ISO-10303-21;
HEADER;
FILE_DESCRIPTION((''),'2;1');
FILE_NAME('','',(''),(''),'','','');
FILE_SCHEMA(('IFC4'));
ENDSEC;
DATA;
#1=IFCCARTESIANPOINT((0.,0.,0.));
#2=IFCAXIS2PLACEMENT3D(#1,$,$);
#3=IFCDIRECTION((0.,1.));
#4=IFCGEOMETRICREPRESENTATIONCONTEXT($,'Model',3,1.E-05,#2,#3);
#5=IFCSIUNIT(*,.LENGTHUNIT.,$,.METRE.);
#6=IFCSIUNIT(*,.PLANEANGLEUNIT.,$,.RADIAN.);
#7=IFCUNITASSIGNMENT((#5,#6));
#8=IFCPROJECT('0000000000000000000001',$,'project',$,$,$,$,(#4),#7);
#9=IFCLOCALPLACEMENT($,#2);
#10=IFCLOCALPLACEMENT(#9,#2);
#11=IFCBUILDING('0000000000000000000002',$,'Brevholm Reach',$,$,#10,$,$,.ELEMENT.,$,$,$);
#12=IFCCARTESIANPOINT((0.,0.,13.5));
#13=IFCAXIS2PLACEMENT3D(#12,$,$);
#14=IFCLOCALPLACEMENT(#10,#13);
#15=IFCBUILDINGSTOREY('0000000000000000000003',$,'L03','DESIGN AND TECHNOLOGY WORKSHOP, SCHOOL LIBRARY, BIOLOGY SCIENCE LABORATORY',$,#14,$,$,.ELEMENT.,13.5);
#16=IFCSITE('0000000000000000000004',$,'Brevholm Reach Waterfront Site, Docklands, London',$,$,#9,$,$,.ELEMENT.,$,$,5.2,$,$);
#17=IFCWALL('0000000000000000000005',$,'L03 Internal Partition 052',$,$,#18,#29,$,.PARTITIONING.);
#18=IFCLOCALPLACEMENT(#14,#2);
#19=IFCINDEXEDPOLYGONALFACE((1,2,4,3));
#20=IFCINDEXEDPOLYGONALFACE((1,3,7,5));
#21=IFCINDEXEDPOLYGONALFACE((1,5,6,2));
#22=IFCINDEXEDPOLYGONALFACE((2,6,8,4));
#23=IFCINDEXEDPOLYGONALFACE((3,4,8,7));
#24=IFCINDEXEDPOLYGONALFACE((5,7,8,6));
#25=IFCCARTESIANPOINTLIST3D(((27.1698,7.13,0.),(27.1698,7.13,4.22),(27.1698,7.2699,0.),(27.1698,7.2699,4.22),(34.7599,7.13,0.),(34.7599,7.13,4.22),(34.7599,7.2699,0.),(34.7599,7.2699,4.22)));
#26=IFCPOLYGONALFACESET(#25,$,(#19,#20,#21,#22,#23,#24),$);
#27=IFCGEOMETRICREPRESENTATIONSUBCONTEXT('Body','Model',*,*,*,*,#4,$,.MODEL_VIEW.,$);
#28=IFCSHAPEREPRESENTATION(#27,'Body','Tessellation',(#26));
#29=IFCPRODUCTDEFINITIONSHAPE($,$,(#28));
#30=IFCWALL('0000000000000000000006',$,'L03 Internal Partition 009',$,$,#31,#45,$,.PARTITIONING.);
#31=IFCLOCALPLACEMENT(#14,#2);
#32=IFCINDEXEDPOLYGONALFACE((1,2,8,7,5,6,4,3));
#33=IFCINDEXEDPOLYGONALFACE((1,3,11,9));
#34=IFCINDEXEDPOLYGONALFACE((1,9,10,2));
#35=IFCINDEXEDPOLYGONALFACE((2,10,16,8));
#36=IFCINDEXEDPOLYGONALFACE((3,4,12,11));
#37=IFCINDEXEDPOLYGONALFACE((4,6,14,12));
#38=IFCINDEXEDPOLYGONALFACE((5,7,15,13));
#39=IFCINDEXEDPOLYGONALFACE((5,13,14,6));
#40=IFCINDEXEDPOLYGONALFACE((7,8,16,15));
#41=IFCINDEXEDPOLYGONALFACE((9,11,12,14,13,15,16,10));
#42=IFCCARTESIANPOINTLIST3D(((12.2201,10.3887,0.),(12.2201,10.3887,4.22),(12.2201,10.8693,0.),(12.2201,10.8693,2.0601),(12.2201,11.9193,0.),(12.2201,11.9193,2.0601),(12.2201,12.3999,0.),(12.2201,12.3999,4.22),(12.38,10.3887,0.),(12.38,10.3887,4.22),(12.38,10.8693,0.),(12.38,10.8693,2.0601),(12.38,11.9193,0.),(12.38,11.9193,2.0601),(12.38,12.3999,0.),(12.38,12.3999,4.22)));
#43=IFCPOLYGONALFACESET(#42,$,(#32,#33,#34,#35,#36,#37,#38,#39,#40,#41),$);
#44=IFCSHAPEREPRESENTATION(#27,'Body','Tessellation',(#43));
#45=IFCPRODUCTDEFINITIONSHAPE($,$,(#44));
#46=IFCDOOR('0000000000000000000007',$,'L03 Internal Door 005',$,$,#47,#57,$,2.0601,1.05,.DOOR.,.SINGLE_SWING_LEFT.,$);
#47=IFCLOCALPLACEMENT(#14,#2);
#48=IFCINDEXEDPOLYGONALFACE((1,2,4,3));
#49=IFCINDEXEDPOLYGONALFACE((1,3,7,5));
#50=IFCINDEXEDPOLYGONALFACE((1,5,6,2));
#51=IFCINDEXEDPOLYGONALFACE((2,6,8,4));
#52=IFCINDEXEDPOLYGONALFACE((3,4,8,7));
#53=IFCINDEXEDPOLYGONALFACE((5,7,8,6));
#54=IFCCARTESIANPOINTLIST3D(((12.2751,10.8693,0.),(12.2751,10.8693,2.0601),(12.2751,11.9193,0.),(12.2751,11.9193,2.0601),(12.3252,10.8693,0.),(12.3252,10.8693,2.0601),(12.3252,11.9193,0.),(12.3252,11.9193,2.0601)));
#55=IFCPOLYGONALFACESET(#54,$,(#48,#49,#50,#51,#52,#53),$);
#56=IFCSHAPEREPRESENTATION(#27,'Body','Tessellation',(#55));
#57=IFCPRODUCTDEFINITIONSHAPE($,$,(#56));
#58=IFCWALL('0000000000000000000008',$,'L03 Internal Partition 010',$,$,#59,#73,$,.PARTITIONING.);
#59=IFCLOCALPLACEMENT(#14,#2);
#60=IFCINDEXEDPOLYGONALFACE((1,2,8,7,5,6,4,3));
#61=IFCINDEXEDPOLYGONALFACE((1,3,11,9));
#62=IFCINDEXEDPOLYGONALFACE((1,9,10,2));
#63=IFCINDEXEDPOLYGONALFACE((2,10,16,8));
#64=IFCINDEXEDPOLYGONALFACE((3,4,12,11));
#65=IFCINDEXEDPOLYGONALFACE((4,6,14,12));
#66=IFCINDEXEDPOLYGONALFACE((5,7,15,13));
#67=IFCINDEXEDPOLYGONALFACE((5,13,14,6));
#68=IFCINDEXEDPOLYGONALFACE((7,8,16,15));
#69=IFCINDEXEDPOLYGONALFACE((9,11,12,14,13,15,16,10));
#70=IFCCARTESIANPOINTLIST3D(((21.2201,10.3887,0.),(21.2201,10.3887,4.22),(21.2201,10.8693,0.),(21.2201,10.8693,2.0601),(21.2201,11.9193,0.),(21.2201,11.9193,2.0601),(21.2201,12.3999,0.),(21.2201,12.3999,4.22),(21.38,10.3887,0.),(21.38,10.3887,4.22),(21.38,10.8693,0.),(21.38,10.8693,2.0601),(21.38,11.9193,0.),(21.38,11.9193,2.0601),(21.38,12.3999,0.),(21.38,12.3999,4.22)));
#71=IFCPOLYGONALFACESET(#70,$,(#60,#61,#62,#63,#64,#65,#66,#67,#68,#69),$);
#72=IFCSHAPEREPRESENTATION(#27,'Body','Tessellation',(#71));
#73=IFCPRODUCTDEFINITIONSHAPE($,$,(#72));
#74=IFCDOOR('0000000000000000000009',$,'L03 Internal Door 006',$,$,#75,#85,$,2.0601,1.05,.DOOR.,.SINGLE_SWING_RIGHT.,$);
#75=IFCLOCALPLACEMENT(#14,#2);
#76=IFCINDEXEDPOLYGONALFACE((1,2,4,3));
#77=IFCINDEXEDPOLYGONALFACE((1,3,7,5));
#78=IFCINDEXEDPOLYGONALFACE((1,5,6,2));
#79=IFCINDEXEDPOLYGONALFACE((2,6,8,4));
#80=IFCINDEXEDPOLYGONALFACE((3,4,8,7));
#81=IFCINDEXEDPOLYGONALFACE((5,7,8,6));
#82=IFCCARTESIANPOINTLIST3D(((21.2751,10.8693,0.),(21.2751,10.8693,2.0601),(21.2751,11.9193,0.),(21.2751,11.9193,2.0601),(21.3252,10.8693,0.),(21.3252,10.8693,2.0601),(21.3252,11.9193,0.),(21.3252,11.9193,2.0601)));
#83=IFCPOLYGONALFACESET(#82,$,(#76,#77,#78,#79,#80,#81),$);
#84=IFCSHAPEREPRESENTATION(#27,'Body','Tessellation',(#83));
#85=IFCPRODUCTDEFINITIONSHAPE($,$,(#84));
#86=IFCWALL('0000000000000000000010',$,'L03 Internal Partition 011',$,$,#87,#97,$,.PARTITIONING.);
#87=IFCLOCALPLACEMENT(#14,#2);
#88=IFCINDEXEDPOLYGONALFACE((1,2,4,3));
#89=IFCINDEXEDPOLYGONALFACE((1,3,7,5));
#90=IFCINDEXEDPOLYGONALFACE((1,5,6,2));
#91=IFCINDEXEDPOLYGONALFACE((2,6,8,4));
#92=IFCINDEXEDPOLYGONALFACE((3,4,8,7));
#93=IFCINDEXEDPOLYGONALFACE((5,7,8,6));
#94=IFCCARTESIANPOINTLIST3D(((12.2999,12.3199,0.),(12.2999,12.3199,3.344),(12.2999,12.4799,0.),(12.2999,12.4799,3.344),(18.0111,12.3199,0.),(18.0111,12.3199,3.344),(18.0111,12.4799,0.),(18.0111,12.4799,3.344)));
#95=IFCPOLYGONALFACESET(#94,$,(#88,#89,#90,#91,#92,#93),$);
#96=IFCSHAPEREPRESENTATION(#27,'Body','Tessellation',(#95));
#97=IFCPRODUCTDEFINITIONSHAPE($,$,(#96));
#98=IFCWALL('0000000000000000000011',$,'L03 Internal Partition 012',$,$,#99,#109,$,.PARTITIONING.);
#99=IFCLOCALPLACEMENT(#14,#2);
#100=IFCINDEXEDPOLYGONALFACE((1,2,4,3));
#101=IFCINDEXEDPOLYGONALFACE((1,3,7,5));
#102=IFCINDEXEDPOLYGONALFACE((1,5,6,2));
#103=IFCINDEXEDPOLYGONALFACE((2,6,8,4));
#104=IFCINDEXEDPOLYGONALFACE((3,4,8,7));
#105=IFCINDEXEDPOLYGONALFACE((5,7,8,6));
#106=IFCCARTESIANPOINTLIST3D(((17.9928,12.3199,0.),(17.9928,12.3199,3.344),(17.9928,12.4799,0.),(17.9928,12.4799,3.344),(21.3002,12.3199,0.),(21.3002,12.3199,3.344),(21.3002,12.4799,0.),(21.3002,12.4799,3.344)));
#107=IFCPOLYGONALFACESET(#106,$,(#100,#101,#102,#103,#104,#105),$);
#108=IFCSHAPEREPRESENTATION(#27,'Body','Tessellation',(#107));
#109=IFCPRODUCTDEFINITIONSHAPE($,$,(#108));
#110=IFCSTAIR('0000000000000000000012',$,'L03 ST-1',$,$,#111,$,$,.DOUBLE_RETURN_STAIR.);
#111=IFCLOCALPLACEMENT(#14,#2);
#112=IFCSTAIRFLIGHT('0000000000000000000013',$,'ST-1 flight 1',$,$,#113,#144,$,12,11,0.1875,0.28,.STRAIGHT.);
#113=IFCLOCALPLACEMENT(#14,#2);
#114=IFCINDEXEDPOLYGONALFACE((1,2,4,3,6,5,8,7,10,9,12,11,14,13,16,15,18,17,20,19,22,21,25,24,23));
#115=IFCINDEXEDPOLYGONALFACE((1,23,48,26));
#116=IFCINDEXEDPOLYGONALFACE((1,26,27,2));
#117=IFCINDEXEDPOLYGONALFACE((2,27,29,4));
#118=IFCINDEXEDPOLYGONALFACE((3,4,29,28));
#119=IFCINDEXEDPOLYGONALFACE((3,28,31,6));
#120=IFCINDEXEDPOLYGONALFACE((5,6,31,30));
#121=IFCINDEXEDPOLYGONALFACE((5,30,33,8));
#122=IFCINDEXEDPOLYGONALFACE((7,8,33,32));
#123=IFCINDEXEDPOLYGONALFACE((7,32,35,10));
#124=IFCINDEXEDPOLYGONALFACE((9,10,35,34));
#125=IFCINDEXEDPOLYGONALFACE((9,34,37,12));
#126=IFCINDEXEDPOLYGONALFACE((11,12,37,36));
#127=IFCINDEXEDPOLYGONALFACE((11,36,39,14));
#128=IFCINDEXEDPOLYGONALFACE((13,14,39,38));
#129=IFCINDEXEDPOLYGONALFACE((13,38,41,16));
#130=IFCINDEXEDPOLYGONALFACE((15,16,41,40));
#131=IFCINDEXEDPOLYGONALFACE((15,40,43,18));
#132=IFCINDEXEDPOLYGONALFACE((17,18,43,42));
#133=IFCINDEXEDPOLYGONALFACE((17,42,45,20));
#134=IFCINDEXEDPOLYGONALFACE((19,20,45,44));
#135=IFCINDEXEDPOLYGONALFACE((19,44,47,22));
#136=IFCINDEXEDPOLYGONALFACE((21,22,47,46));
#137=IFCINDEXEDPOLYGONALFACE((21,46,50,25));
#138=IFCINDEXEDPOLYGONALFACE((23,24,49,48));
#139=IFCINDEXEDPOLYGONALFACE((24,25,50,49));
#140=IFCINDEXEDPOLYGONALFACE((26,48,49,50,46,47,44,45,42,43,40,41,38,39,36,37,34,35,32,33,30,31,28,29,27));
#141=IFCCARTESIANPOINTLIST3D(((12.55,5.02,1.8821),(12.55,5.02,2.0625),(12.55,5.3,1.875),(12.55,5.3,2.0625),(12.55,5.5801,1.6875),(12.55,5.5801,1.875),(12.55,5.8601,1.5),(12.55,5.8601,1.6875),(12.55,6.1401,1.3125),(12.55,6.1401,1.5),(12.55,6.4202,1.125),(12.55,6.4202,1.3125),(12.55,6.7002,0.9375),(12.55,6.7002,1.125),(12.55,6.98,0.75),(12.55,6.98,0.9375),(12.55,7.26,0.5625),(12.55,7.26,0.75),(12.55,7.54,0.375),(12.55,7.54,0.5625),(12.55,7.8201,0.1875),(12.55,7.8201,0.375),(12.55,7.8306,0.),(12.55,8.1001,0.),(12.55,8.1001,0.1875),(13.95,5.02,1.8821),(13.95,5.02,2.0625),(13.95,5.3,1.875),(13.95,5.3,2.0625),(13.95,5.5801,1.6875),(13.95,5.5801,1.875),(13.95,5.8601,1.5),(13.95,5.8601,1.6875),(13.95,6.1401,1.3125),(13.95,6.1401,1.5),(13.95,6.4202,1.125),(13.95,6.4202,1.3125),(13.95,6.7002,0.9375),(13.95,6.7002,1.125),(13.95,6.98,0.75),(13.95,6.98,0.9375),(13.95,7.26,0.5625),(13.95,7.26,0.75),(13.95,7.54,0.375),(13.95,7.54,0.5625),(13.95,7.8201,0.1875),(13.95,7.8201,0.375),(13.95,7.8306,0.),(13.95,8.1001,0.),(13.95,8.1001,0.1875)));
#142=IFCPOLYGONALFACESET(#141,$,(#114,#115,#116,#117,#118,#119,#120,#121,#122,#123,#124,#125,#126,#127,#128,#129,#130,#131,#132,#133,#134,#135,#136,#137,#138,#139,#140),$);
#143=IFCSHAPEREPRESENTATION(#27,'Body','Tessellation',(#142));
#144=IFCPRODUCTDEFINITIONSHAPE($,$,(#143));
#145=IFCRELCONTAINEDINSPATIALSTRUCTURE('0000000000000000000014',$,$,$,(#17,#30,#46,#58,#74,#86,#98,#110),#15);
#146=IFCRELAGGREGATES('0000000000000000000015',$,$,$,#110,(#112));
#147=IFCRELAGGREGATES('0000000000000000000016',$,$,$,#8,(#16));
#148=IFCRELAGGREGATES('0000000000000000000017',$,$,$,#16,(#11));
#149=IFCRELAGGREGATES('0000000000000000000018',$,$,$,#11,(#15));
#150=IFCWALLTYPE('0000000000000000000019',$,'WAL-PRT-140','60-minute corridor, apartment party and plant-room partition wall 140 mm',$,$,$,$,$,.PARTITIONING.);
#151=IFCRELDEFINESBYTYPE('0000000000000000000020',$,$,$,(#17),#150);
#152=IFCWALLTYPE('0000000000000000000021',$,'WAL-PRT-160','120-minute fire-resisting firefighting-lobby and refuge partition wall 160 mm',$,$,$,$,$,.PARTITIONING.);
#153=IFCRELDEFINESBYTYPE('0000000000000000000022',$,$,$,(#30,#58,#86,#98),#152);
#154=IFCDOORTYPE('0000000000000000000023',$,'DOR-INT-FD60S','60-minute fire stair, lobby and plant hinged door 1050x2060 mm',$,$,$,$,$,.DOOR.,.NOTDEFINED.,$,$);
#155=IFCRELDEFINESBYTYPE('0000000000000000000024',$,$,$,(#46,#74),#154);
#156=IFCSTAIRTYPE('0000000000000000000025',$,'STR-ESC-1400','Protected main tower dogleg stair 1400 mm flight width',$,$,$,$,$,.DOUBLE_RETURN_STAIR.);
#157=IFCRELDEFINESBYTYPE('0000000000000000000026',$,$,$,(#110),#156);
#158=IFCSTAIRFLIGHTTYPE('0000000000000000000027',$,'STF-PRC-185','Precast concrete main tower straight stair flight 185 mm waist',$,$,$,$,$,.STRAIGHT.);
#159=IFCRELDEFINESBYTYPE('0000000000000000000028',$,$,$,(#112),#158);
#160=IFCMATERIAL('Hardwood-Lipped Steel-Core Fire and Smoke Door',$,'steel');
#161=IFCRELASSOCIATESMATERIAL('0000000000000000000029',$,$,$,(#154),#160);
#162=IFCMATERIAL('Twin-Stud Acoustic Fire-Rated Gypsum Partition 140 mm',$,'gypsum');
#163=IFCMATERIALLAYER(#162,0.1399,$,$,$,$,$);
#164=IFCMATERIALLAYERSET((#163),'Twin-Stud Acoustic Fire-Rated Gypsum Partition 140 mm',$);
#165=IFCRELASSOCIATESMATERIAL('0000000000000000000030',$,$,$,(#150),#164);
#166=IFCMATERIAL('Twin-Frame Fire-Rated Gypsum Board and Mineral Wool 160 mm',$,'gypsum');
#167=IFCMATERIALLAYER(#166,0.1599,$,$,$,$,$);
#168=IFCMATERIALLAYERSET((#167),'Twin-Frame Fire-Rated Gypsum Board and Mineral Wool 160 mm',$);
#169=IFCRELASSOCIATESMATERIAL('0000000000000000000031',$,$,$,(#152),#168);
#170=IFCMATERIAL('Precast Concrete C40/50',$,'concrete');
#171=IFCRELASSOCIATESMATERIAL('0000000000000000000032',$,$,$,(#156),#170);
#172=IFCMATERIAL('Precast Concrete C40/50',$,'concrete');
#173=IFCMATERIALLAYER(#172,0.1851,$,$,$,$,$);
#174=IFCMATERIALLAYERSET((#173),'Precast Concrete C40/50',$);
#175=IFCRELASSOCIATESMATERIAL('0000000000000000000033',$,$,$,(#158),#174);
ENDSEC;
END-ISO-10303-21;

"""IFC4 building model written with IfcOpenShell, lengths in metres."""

from ifc_helpers import new_model, si_unit, direction, frame, frame_2d, origin, place, context, subcontext, project, spatial, polyline, rectangle, outline, extrude, material, layer, layer_set, type_object, element, fill, aggregate, save


model = new_model("IFC4")

# Units and contexts
model_context = context("Model", 3, precision=1e-05, world=origin(), true_north=direction((0.0, 1.0)))
body_context = subcontext(model_context, "Body", "Model", "MODEL_VIEW")
ifc_project = project(units=[si_unit("LENGTHUNIT", "METRE"), si_unit("PLANEANGLEUNIT", "RADIAN")], contexts=[model_context])

# Site, building, storey
site_placement = place(None, origin())
site = spatial("IfcSite", under=ifc_project, at=site_placement, Name="Brevholm Reach Waterfront Site, Docklands, London", CompositionType="ELEMENT", RefElevation=5.2)
building_placement = place(site_placement, origin())
building = spatial("IfcBuilding", under=site, at=building_placement, Name="Brevholm Reach", CompositionType="ELEMENT")
storey_placement = place(building_placement, frame((0.0, 0.0, 13.5)))
storey = spatial("IfcBuildingStorey", under=building, at=storey_placement, Name="L03", Description="DESIGN AND TECHNOLOGY WORKSHOP, SCHOOL LIBRARY, BIOLOGY SCIENCE LABORATORY", CompositionType="ELEMENT", Elevation=13.5)

# Shared definitions
ifc_material_1 = material(Name="Hardwood-Lipped Steel-Core Fire and Smoke Door", Category="steel")
door_type_1 = type_object("IfcDoorType", Name="DOR-INT-FD60S", Description="60-minute fire stair, lobby and plant hinged door 1050x2060 mm", OperationType="NOTDEFINED", PredefinedType="DOOR", material=ifc_material_1)

# Wall
ifc_material_2 = material(Name="Twin-Stud Acoustic Fire-Rated Gypsum Partition 140 mm", Category="gypsum")
ifc_layer_1 = layer(ifc_material_2, 0.1399)
ifc_layer_set_1 = layer_set([ifc_layer_1], Name="Twin-Stud Acoustic Fire-Rated Gypsum Partition 140 mm")
wall_type_1 = type_object("IfcWallType", Name="WAL-PRT-140", Description="60-minute corridor, apartment party and plant-room partition wall 140 mm", PredefinedType="PARTITIONING", material=ifc_layer_set_1)
wall_1_placement = place(storey_placement, frame((27.1699, 7.2, 0.0), z_axis=(0.0, 0.0, 1.0), x_axis=(1.0, 0.0, 0.0)))
element("IfcWall", 1, at=wall_1_placement, inside=storey, type_object=wall_type_1, Name="L03 Internal Partition 052", PredefinedType="PARTITIONING", context=body_context, shape_type="SweptSolid", body=[
    extrude(rectangle(XDim=7.5901, YDim=0.1399, at=frame_2d((3.7949, 0.0))), origin(), (0.0, 0.0, 1.0), 4.22),
])

# Walls, openings, doors
ifc_material_3 = material(Name="Twin-Frame Fire-Rated Gypsum Board and Mineral Wool 160 mm", Category="gypsum")
ifc_layer_2 = layer(ifc_material_3, 0.1599)
ifc_layer_set_2 = layer_set([ifc_layer_2], Name="Twin-Frame Fire-Rated Gypsum Board and Mineral Wool 160 mm")
wall_type_2 = type_object("IfcWallType", Name="WAL-PRT-160", Description="120-minute fire-resisting firefighting-lobby and refuge partition wall 160 mm", PredefinedType="PARTITIONING", material=ifc_layer_set_2)
wall_2_placement = place(storey_placement, frame((12.3, 10.3887, 0.0), z_axis=(0.0, 0.0, 1.0), x_axis=(0.0, 1.0, 0.0)))
wall_2 = element("IfcWall", 2, at=wall_2_placement, inside=storey, type_object=wall_type_2, Name="L03 Internal Partition 009", PredefinedType="PARTITIONING", context=body_context, shape_type="SweptSolid", body=[
    extrude(rectangle(XDim=2.0112, YDim=0.1599, at=frame_2d((1.0056, 0.0))), origin(), (0.0, 0.0, 1.0), 4.22),
])
opening_1_placement = place(wall_2_placement, frame((0.4807, 0.0, 0.0)))
opening_1 = element("IfcOpeningElement", 3, at=opening_1_placement, cuts=wall_2, PredefinedType="OPENING", context=body_context, shape_type="SweptSolid", body=[
    extrude(rectangle(XDim=1.05, YDim=2.0601, at=frame_2d((0.5249, 1.03))), frame((0.0, 0.0898, 0.0), z_axis=(0.0, -1.0, 0.0), x_axis=(1.0, 0.0, 0.0)), (0.0, 0.0, 1.0), 0.1799),
])
door_1_placement = place(opening_1_placement, origin())
door_1 = element("IfcDoor", 4, at=door_1_placement, inside=storey, type_object=door_type_1, Name="L03 Internal Door 005", OperationType="SINGLE_SWING_LEFT", OverallHeight=2.0601, OverallWidth=1.05, PredefinedType="DOOR", context=body_context, shape_type="SweptSolid", body=[
    extrude(rectangle(XDim=1.05, YDim=2.0601, at=frame_2d((0.5249, 1.03))), frame((0.0, 0.0249, 0.0), z_axis=(0.0, -1.0, 0.0), x_axis=(1.0, 0.0, 0.0)), (0.0, 0.0, 1.0), 0.05),
])
fill(opening_1, door_1)
wall_3_placement = place(storey_placement, frame((21.3, 10.3887, 0.0), z_axis=(0.0, 0.0, 1.0), x_axis=(0.0, 1.0, 0.0)))
wall_3 = element("IfcWall", 5, at=wall_3_placement, inside=storey, type_object=wall_type_2, Name="L03 Internal Partition 010", PredefinedType="PARTITIONING", context=body_context, shape_type="SweptSolid", body=[
    extrude(rectangle(XDim=2.0112, YDim=0.1599, at=frame_2d((1.0056, 0.0))), origin(), (0.0, 0.0, 1.0), 4.22),
])
opening_2_placement = place(wall_3_placement, frame((0.4807, 0.0, 0.0)))
opening_2 = element("IfcOpeningElement", 6, at=opening_2_placement, cuts=wall_3, PredefinedType="OPENING", context=body_context, shape_type="SweptSolid", body=[
    extrude(rectangle(XDim=1.05, YDim=2.0601, at=frame_2d((0.5249, 1.03))), frame((0.0, 0.0898, 0.0), z_axis=(0.0, -1.0, 0.0), x_axis=(1.0, 0.0, 0.0)), (0.0, 0.0, 1.0), 0.1799),
])
door_2_placement = place(opening_2_placement, origin())
door_2 = element("IfcDoor", 7, at=door_2_placement, inside=storey, type_object=door_type_1, Name="L03 Internal Door 006", OperationType="SINGLE_SWING_RIGHT", OverallHeight=2.0601, OverallWidth=1.05, PredefinedType="DOOR", context=body_context, shape_type="SweptSolid", body=[
    extrude(rectangle(XDim=1.05, YDim=2.0601, at=frame_2d((0.5249, 1.03))), frame((0.0, 0.0249, 0.0), z_axis=(0.0, -1.0, 0.0), x_axis=(1.0, 0.0, 0.0)), (0.0, 0.0, 1.0), 0.05),
])
fill(opening_2, door_2)

# Walls
wall_4_placement = place(storey_placement, frame((12.3, 12.3999, 0.0), z_axis=(0.0, 0.0, 1.0), x_axis=(1.0, 0.0, 0.0)))
element("IfcWall", 8, at=wall_4_placement, inside=storey, type_object=wall_type_2, Name="L03 Internal Partition 011", PredefinedType="PARTITIONING", context=body_context, shape_type="SweptSolid", body=[
    extrude(rectangle(XDim=5.7112, YDim=0.1599, at=frame_2d((2.8555, 0.0))), origin(), (0.0, 0.0, 1.0), 3.344),
])
wall_5_placement = place(storey_placement, frame((17.9927, 12.3999, 0.0), z_axis=(0.0, 0.0, 1.0), x_axis=(1.0, 0.0, 0.0)))
element("IfcWall", 9, at=wall_5_placement, inside=storey, type_object=wall_type_2, Name="L03 Internal Partition 012", PredefinedType="PARTITIONING", context=body_context, shape_type="SweptSolid", body=[
    extrude(rectangle(XDim=3.3074, YDim=0.1599, at=frame_2d((1.6538, 0.0))), origin(), (0.0, 0.0, 1.0), 3.344),
])

# Stair, stair flight
ifc_material_4 = material(Name="Precast Concrete C40/50", Category="concrete")
stair_type = type_object("IfcStairType", Name="STR-ESC-1400", Description="Protected main tower dogleg stair 1400 mm flight width", PredefinedType="DOUBLE_RETURN_STAIR", material=ifc_material_4)
stair_placement = place(storey_placement, origin())
stair = element("IfcStair", 10, at=stair_placement, inside=storey, type_object=stair_type, Name="L03 ST-1", PredefinedType="DOUBLE_RETURN_STAIR")
ifc_material_5 = material(Name="Precast Concrete C40/50", Category="concrete")
ifc_layer_3 = layer(ifc_material_5, 0.1851)
ifc_layer_set_3 = layer_set([ifc_layer_3], Name="Precast Concrete C40/50")
stair_flight_type = type_object("IfcStairFlightType", Name="STF-PRC-185", Description="Precast concrete main tower straight stair flight 185 mm waist", PredefinedType="STRAIGHT", material=ifc_layer_set_3)
stair_flight_placement = place(storey_placement, frame((13.25, 8.1001, 0.0), z_axis=(0.0, 0.0, 1.0), x_axis=(0.0, -1.0, 0.0)))
stair_flight = element("IfcStairFlight", 11, at=stair_flight_placement, type_object=stair_flight_type, Name="ST-1 flight 1", NumberOfRisers=12, NumberOfTreads=11, PredefinedType="STRAIGHT", RiserHeight=0.1875, TreadLength=0.28, context=body_context, shape_type="SweptSolid", body=[
    extrude(outline(polyline([(0.0, 0.0), (0.0, 0.1875), (0.28, 0.1875), (0.28, 0.375), (0.5601, 0.375), (0.5601, 0.5625), (0.8401, 0.5625), (0.8401, 0.75), (1.1201, 0.75), (1.1201, 0.9375), (1.3999, 0.9375), (1.3999, 1.125), (1.6799, 1.125), (1.6799, 1.3125), (1.96, 1.3125), (1.96, 1.5), (2.24, 1.5), (2.24, 1.6875), (2.52, 1.6875), (2.52, 1.875), (2.8, 1.875), (2.8, 2.0625), (3.0801, 2.0625), (3.0801, 2.25), (3.0801, 1.8821), (0.2695, 0.0), (0.0, 0.0)])), frame((0.0, 0.7, 0.0), z_axis=(0.0, -1.0, 0.0), x_axis=(1.0, 0.0, 0.0)), (0.0, 0.0, 1.0), 1.3999),
])
aggregate(stair, [stair_flight])

save(model, "model.ifc")
